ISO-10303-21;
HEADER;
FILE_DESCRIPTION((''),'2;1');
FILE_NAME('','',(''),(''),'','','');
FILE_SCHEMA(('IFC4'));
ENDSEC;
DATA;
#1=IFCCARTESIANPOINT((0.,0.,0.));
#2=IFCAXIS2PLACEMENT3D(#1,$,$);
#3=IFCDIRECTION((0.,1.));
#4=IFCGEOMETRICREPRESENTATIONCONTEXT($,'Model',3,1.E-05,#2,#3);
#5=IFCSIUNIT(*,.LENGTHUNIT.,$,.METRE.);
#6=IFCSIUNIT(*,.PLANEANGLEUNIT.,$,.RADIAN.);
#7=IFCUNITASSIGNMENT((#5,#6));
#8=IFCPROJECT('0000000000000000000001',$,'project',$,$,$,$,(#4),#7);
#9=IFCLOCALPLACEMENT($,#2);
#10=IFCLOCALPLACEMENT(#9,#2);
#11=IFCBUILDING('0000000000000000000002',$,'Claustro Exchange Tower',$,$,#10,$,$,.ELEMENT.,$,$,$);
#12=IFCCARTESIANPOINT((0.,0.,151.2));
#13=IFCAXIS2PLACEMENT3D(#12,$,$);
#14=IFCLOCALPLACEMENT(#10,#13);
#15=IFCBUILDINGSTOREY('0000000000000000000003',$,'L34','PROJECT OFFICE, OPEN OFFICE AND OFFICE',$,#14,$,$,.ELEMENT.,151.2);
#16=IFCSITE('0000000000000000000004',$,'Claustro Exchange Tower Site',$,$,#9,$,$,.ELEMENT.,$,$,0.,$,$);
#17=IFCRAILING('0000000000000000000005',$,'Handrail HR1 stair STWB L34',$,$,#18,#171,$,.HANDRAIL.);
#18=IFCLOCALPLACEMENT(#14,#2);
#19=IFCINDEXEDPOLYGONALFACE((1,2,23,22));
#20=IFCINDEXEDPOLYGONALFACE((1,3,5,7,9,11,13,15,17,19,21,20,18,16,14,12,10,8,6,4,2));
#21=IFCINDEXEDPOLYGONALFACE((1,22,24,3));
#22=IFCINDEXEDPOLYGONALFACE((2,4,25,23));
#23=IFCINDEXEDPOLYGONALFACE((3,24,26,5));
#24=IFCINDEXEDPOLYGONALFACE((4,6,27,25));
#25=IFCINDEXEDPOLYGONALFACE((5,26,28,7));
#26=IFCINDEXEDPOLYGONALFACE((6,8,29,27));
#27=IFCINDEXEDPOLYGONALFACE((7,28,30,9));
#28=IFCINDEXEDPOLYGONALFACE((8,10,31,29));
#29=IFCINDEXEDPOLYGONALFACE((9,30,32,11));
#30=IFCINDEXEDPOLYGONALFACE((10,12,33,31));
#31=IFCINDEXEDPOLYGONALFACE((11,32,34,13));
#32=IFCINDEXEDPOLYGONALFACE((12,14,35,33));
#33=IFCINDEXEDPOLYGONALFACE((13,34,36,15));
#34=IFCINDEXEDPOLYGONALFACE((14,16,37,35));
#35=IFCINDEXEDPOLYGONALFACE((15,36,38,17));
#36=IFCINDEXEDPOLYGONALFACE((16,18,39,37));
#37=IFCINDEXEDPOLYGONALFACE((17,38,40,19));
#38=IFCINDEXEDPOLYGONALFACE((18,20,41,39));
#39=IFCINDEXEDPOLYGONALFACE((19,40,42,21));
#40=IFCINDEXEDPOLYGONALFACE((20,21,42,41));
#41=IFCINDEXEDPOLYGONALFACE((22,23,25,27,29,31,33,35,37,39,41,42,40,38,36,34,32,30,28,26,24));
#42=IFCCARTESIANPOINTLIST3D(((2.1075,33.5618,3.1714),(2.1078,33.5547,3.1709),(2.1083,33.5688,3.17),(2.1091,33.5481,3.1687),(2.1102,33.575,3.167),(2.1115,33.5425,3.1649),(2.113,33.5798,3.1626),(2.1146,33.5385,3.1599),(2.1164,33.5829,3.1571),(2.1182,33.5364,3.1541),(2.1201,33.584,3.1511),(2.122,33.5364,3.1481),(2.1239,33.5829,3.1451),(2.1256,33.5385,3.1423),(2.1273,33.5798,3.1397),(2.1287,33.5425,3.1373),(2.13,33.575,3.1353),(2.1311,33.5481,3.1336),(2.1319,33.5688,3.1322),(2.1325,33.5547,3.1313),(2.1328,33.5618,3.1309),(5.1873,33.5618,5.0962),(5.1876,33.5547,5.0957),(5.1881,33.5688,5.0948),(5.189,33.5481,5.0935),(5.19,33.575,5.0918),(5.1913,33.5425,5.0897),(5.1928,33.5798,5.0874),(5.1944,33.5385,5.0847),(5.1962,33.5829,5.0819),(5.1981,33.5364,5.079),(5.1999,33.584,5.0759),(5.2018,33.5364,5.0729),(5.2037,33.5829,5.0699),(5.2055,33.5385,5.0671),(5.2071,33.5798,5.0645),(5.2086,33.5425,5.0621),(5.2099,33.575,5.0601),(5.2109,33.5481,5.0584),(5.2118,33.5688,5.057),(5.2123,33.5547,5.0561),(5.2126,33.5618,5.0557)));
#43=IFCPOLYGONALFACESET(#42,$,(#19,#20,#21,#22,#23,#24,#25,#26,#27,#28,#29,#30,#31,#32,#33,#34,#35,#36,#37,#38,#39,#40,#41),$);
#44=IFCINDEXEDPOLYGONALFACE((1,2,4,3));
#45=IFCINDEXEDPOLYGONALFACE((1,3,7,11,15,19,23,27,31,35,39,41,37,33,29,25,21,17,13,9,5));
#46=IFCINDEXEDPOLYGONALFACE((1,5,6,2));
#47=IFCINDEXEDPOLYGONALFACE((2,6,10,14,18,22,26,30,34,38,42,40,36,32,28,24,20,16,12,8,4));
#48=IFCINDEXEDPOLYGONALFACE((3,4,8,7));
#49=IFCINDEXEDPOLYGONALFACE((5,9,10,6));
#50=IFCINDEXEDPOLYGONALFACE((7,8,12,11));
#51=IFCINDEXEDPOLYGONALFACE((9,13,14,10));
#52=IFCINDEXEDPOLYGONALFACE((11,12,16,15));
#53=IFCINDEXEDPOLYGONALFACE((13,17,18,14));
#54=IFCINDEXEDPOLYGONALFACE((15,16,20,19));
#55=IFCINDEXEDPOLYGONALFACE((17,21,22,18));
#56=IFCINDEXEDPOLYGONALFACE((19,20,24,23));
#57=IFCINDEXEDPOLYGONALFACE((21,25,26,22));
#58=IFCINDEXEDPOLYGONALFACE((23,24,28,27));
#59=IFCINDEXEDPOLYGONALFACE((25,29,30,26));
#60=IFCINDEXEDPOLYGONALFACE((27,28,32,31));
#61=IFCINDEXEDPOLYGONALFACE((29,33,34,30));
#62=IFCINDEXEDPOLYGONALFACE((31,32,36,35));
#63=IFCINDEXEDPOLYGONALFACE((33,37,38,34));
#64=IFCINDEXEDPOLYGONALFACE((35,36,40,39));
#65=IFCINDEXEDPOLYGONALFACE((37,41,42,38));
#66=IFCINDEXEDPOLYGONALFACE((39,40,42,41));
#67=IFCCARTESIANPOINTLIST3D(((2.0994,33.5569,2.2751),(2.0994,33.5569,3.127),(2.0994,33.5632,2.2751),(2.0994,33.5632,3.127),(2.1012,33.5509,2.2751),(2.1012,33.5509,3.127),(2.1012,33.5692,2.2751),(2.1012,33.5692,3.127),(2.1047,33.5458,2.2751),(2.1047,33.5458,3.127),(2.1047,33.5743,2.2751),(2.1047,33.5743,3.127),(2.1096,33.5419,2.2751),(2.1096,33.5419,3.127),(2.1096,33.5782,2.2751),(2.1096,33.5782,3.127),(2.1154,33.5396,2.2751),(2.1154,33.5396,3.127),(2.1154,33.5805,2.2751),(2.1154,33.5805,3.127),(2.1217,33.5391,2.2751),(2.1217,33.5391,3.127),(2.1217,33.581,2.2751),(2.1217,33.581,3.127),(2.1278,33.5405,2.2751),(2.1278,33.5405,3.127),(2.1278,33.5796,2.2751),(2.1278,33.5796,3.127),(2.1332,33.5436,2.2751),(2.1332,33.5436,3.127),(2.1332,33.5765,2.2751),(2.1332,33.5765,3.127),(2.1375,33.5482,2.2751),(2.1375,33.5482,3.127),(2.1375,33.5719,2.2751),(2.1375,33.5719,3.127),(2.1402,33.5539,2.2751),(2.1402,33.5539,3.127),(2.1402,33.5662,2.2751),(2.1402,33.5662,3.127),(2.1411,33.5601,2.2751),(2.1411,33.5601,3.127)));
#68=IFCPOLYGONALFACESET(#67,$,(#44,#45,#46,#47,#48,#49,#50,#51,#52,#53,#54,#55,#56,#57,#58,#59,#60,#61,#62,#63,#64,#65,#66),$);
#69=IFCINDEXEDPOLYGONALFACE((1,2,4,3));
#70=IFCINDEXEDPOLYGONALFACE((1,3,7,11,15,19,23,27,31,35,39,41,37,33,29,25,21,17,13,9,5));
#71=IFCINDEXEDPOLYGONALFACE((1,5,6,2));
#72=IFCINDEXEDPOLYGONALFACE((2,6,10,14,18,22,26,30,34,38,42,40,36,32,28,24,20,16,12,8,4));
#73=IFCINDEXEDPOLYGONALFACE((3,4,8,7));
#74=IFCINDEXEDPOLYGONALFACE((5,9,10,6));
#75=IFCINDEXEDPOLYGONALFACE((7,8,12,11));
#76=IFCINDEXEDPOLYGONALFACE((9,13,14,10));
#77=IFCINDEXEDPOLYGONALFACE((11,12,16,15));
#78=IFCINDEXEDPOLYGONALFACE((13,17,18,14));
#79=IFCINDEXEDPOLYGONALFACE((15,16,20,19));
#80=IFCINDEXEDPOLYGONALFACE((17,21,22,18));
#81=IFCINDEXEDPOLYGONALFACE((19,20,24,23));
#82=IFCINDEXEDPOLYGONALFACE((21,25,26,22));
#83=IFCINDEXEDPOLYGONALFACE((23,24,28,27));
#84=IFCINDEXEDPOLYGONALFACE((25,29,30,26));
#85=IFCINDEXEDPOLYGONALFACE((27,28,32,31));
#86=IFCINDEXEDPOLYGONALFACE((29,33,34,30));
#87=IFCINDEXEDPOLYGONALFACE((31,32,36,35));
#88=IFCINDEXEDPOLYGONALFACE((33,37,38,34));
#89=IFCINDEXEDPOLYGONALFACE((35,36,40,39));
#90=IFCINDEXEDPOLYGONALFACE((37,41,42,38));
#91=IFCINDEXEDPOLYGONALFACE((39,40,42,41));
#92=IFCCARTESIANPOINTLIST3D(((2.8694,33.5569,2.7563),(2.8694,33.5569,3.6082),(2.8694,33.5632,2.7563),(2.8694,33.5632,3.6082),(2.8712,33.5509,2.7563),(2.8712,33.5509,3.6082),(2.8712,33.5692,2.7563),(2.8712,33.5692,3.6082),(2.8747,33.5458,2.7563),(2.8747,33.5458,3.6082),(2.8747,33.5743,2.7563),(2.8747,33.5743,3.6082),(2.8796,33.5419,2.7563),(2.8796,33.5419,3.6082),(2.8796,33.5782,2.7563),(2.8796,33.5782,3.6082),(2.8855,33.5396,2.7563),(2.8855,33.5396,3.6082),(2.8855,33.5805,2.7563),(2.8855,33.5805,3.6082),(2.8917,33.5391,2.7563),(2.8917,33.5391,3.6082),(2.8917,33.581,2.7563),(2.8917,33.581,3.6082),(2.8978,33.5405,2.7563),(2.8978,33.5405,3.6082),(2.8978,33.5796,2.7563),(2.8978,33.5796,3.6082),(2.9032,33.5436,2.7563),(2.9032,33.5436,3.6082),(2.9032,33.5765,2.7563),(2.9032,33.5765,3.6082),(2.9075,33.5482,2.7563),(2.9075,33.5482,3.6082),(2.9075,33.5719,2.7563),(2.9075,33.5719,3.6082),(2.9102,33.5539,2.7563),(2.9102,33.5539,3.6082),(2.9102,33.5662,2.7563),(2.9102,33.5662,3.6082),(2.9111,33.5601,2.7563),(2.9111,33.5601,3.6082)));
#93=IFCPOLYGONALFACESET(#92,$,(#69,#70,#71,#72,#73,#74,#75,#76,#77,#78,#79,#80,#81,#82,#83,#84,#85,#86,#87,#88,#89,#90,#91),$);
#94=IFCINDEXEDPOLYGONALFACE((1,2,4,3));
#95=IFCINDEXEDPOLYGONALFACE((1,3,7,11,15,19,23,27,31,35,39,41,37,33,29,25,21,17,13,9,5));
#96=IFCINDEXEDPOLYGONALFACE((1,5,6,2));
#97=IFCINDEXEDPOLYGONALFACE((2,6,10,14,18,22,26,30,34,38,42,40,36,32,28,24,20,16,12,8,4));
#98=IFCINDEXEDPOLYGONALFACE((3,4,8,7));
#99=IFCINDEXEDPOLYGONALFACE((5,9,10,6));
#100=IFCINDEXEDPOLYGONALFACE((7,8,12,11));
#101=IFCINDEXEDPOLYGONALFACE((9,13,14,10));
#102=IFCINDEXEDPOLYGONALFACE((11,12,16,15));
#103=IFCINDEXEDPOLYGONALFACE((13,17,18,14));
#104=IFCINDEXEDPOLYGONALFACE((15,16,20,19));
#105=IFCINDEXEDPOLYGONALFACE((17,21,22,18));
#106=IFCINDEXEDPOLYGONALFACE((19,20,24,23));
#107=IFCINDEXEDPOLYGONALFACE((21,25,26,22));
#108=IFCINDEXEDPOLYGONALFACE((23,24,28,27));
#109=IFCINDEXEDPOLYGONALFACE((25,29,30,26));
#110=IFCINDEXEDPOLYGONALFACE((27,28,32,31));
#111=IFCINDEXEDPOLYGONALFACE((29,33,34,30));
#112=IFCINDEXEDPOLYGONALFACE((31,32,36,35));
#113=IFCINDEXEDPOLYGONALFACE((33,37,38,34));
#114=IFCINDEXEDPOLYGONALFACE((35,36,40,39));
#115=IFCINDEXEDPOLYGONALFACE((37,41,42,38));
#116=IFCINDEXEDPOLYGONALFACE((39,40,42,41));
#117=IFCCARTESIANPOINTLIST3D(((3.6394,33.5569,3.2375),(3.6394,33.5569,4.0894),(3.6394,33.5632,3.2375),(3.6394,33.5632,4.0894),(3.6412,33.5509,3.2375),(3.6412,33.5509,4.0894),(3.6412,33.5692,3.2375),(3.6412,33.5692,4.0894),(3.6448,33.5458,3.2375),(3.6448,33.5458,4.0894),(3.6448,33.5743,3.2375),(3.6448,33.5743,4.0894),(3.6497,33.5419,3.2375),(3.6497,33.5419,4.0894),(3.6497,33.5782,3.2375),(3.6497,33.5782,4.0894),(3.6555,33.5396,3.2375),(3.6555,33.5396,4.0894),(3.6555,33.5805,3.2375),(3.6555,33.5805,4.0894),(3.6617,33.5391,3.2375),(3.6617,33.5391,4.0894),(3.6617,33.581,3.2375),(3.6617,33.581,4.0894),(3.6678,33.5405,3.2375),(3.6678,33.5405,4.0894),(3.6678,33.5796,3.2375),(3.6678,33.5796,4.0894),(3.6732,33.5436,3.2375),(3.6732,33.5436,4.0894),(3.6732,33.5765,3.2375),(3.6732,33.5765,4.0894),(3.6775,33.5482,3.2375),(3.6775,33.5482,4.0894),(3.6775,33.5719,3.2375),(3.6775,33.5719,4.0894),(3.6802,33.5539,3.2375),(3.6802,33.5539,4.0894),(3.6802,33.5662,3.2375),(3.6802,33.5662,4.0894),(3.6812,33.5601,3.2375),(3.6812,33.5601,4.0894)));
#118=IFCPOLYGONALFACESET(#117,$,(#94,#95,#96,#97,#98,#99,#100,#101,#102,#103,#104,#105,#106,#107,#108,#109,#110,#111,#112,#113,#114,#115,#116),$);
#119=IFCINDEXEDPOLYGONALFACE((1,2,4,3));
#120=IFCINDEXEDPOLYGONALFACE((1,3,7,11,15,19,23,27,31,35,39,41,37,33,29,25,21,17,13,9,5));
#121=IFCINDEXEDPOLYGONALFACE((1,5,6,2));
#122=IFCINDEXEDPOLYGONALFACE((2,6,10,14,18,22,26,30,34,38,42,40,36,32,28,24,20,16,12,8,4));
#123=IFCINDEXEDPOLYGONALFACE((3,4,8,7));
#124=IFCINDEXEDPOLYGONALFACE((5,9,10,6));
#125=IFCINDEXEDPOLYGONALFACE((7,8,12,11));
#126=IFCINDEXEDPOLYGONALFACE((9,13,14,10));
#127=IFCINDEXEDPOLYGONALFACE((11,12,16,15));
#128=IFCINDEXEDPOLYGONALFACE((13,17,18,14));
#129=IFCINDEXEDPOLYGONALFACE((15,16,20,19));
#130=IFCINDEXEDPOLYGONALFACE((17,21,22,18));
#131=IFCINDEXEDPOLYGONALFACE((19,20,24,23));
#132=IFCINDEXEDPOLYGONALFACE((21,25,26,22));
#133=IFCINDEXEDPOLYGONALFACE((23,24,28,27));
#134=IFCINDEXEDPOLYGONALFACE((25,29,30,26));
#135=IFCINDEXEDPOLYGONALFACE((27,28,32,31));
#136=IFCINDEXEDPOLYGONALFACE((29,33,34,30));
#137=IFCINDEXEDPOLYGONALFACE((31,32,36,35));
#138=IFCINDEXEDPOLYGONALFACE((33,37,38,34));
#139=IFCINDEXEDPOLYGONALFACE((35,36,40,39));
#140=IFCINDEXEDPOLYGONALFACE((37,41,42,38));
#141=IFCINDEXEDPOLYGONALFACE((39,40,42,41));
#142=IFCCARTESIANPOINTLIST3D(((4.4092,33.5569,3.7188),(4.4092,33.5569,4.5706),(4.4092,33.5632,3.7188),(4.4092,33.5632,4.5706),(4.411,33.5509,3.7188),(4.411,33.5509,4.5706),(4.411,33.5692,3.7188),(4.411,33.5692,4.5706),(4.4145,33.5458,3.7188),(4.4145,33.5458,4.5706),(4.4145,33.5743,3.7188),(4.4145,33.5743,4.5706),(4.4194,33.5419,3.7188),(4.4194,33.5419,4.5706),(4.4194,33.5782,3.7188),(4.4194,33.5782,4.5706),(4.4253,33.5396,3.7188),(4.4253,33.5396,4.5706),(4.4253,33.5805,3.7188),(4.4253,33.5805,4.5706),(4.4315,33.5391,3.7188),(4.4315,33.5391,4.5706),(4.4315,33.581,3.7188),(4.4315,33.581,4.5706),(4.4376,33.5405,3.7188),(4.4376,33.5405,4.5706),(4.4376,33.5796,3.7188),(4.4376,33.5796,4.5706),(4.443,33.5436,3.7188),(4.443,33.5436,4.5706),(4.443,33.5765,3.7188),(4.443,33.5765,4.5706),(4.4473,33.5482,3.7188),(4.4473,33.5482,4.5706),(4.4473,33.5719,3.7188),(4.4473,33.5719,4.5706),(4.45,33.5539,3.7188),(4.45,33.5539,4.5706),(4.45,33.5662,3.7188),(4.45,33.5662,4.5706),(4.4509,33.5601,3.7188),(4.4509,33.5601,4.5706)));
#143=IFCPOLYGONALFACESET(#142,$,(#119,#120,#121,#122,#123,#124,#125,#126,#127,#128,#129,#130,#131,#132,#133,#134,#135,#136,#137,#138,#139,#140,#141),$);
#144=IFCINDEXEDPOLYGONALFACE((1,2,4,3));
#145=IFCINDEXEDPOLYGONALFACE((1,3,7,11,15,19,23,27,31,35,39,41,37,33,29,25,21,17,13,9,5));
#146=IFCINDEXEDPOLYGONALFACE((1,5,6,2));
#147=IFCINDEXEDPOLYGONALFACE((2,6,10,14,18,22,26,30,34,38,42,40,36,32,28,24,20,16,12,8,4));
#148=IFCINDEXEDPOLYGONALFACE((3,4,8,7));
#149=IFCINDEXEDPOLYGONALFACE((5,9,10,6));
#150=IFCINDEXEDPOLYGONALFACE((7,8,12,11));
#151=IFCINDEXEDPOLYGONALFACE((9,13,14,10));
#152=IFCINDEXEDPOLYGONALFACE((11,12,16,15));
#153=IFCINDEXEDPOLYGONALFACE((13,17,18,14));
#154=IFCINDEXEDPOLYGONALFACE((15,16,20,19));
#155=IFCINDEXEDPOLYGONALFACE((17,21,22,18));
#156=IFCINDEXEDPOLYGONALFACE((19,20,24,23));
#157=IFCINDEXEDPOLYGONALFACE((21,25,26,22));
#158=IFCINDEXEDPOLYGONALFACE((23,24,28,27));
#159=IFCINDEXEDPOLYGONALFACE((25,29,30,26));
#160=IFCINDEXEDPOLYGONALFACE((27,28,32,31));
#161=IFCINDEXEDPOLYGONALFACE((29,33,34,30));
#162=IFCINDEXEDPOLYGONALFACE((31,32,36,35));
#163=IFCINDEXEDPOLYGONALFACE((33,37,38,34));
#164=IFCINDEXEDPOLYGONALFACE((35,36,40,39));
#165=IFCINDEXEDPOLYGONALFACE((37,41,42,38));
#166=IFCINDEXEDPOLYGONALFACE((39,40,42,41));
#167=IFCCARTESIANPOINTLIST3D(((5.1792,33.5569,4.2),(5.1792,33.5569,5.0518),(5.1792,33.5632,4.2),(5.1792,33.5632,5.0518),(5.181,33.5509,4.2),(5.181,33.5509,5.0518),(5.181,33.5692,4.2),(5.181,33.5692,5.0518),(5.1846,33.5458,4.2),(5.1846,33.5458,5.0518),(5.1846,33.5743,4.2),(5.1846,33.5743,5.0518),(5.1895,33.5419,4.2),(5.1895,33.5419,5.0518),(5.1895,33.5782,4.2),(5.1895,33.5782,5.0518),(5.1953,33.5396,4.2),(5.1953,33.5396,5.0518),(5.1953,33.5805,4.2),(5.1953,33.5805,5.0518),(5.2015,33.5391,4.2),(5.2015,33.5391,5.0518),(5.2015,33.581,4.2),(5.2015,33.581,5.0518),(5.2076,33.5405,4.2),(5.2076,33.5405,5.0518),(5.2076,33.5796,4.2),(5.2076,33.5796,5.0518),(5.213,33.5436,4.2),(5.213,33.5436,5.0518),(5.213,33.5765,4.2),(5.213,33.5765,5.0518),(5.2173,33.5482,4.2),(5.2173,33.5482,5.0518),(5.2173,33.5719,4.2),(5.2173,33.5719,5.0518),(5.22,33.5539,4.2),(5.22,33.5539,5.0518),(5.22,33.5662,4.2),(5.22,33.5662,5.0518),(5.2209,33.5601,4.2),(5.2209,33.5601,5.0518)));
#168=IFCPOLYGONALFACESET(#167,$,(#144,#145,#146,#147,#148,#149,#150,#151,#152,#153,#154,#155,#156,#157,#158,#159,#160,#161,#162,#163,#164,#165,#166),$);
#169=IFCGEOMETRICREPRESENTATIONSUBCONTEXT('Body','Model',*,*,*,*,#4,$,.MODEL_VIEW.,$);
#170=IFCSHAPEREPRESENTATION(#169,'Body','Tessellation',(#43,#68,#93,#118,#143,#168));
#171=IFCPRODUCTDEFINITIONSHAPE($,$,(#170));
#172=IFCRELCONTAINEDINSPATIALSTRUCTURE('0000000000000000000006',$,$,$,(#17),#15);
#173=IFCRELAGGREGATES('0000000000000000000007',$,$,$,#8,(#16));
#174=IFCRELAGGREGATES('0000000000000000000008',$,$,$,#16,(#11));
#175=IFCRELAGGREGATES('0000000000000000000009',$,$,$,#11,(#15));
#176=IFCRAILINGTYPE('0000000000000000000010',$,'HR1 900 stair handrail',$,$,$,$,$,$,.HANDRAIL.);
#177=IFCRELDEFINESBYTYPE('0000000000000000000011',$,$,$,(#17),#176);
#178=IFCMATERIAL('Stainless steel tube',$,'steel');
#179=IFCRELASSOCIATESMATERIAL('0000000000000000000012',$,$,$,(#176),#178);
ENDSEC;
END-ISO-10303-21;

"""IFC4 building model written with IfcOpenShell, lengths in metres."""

from ifc_helpers import new_model, si_unit, direction, frame, origin, origin_2d, place, context, subcontext, project, spatial, circle, extrude, material, type_object, element, save


model = new_model("IFC4")

# Units and contexts
model_context = context("Model", 3, precision=1e-05, world=origin(), true_north=direction((0.0, 1.0)))
body_context = subcontext(model_context, "Body", "Model", "MODEL_VIEW")
ifc_project = project(units=[si_unit("LENGTHUNIT", "METRE"), si_unit("PLANEANGLEUNIT", "RADIAN")], contexts=[model_context])

# Site, building, storey
site_placement = place(None, origin())
site = spatial("IfcSite", under=ifc_project, at=site_placement, Name="Claustro Exchange Tower Site", CompositionType="ELEMENT", RefElevation=0.0)
building_placement = place(site_placement, origin())
building = spatial("IfcBuilding", under=site, at=building_placement, Name="Claustro Exchange Tower", CompositionType="ELEMENT")
storey_placement = place(building_placement, frame((0.0, 0.0, 151.2)))
storey = spatial("IfcBuildingStorey", under=building, at=storey_placement, Name="L34", Description="PROJECT OFFICE, OPEN OFFICE AND OFFICE", CompositionType="ELEMENT", Elevation=151.2)

# Railing
ifc_material_1 = material(Name="Stainless steel tube", Category="steel")
railing_type_1 = type_object("IfcRailingType", Name="HR1 900 stair handrail", PredefinedType="HANDRAIL", material=ifc_material_1)
railing_1_placement = place(storey_placement, frame((2.1201, 33.5601, 2.2751)))
element("IfcRailing", 1, at=railing_1_placement, inside=storey, type_object=railing_type_1, Name="Handrail HR1 stair STWB L34", PredefinedType="HANDRAIL", context=body_context, shape_type="SweptSolid", body=[
    extrude(circle(Radius=0.0239, at=origin_2d()), frame((0.0, 0.0, 0.876), z_axis=(0.84801, 0.0, 0.529981), x_axis=(0.0, 1.0, 0.0)), (0.0, 0.0, 1.0), 3.6318),
    extrude(circle(Radius=0.021, at=origin_2d()), origin(), (0.0, 0.0, 1.0), 0.8518),
    extrude(circle(Radius=0.021, at=origin_2d()), frame((0.77, 0.0, 0.4812)), (0.0, 0.0, 1.0), 0.8518),
    extrude(circle(Radius=0.021, at=origin_2d()), frame((1.54, 0.0, 0.9624)), (0.0, 0.0, 1.0), 0.8518),
    extrude(circle(Radius=0.021, at=origin_2d()), frame((2.3098, 0.0, 1.4436)), (0.0, 0.0, 1.0), 0.8518),
    extrude(circle(Radius=0.021, at=origin_2d()), frame((3.0798, 0.0, 1.9248)), (0.0, 0.0, 1.0), 0.8518),
])

save(model, "model.ifc")
